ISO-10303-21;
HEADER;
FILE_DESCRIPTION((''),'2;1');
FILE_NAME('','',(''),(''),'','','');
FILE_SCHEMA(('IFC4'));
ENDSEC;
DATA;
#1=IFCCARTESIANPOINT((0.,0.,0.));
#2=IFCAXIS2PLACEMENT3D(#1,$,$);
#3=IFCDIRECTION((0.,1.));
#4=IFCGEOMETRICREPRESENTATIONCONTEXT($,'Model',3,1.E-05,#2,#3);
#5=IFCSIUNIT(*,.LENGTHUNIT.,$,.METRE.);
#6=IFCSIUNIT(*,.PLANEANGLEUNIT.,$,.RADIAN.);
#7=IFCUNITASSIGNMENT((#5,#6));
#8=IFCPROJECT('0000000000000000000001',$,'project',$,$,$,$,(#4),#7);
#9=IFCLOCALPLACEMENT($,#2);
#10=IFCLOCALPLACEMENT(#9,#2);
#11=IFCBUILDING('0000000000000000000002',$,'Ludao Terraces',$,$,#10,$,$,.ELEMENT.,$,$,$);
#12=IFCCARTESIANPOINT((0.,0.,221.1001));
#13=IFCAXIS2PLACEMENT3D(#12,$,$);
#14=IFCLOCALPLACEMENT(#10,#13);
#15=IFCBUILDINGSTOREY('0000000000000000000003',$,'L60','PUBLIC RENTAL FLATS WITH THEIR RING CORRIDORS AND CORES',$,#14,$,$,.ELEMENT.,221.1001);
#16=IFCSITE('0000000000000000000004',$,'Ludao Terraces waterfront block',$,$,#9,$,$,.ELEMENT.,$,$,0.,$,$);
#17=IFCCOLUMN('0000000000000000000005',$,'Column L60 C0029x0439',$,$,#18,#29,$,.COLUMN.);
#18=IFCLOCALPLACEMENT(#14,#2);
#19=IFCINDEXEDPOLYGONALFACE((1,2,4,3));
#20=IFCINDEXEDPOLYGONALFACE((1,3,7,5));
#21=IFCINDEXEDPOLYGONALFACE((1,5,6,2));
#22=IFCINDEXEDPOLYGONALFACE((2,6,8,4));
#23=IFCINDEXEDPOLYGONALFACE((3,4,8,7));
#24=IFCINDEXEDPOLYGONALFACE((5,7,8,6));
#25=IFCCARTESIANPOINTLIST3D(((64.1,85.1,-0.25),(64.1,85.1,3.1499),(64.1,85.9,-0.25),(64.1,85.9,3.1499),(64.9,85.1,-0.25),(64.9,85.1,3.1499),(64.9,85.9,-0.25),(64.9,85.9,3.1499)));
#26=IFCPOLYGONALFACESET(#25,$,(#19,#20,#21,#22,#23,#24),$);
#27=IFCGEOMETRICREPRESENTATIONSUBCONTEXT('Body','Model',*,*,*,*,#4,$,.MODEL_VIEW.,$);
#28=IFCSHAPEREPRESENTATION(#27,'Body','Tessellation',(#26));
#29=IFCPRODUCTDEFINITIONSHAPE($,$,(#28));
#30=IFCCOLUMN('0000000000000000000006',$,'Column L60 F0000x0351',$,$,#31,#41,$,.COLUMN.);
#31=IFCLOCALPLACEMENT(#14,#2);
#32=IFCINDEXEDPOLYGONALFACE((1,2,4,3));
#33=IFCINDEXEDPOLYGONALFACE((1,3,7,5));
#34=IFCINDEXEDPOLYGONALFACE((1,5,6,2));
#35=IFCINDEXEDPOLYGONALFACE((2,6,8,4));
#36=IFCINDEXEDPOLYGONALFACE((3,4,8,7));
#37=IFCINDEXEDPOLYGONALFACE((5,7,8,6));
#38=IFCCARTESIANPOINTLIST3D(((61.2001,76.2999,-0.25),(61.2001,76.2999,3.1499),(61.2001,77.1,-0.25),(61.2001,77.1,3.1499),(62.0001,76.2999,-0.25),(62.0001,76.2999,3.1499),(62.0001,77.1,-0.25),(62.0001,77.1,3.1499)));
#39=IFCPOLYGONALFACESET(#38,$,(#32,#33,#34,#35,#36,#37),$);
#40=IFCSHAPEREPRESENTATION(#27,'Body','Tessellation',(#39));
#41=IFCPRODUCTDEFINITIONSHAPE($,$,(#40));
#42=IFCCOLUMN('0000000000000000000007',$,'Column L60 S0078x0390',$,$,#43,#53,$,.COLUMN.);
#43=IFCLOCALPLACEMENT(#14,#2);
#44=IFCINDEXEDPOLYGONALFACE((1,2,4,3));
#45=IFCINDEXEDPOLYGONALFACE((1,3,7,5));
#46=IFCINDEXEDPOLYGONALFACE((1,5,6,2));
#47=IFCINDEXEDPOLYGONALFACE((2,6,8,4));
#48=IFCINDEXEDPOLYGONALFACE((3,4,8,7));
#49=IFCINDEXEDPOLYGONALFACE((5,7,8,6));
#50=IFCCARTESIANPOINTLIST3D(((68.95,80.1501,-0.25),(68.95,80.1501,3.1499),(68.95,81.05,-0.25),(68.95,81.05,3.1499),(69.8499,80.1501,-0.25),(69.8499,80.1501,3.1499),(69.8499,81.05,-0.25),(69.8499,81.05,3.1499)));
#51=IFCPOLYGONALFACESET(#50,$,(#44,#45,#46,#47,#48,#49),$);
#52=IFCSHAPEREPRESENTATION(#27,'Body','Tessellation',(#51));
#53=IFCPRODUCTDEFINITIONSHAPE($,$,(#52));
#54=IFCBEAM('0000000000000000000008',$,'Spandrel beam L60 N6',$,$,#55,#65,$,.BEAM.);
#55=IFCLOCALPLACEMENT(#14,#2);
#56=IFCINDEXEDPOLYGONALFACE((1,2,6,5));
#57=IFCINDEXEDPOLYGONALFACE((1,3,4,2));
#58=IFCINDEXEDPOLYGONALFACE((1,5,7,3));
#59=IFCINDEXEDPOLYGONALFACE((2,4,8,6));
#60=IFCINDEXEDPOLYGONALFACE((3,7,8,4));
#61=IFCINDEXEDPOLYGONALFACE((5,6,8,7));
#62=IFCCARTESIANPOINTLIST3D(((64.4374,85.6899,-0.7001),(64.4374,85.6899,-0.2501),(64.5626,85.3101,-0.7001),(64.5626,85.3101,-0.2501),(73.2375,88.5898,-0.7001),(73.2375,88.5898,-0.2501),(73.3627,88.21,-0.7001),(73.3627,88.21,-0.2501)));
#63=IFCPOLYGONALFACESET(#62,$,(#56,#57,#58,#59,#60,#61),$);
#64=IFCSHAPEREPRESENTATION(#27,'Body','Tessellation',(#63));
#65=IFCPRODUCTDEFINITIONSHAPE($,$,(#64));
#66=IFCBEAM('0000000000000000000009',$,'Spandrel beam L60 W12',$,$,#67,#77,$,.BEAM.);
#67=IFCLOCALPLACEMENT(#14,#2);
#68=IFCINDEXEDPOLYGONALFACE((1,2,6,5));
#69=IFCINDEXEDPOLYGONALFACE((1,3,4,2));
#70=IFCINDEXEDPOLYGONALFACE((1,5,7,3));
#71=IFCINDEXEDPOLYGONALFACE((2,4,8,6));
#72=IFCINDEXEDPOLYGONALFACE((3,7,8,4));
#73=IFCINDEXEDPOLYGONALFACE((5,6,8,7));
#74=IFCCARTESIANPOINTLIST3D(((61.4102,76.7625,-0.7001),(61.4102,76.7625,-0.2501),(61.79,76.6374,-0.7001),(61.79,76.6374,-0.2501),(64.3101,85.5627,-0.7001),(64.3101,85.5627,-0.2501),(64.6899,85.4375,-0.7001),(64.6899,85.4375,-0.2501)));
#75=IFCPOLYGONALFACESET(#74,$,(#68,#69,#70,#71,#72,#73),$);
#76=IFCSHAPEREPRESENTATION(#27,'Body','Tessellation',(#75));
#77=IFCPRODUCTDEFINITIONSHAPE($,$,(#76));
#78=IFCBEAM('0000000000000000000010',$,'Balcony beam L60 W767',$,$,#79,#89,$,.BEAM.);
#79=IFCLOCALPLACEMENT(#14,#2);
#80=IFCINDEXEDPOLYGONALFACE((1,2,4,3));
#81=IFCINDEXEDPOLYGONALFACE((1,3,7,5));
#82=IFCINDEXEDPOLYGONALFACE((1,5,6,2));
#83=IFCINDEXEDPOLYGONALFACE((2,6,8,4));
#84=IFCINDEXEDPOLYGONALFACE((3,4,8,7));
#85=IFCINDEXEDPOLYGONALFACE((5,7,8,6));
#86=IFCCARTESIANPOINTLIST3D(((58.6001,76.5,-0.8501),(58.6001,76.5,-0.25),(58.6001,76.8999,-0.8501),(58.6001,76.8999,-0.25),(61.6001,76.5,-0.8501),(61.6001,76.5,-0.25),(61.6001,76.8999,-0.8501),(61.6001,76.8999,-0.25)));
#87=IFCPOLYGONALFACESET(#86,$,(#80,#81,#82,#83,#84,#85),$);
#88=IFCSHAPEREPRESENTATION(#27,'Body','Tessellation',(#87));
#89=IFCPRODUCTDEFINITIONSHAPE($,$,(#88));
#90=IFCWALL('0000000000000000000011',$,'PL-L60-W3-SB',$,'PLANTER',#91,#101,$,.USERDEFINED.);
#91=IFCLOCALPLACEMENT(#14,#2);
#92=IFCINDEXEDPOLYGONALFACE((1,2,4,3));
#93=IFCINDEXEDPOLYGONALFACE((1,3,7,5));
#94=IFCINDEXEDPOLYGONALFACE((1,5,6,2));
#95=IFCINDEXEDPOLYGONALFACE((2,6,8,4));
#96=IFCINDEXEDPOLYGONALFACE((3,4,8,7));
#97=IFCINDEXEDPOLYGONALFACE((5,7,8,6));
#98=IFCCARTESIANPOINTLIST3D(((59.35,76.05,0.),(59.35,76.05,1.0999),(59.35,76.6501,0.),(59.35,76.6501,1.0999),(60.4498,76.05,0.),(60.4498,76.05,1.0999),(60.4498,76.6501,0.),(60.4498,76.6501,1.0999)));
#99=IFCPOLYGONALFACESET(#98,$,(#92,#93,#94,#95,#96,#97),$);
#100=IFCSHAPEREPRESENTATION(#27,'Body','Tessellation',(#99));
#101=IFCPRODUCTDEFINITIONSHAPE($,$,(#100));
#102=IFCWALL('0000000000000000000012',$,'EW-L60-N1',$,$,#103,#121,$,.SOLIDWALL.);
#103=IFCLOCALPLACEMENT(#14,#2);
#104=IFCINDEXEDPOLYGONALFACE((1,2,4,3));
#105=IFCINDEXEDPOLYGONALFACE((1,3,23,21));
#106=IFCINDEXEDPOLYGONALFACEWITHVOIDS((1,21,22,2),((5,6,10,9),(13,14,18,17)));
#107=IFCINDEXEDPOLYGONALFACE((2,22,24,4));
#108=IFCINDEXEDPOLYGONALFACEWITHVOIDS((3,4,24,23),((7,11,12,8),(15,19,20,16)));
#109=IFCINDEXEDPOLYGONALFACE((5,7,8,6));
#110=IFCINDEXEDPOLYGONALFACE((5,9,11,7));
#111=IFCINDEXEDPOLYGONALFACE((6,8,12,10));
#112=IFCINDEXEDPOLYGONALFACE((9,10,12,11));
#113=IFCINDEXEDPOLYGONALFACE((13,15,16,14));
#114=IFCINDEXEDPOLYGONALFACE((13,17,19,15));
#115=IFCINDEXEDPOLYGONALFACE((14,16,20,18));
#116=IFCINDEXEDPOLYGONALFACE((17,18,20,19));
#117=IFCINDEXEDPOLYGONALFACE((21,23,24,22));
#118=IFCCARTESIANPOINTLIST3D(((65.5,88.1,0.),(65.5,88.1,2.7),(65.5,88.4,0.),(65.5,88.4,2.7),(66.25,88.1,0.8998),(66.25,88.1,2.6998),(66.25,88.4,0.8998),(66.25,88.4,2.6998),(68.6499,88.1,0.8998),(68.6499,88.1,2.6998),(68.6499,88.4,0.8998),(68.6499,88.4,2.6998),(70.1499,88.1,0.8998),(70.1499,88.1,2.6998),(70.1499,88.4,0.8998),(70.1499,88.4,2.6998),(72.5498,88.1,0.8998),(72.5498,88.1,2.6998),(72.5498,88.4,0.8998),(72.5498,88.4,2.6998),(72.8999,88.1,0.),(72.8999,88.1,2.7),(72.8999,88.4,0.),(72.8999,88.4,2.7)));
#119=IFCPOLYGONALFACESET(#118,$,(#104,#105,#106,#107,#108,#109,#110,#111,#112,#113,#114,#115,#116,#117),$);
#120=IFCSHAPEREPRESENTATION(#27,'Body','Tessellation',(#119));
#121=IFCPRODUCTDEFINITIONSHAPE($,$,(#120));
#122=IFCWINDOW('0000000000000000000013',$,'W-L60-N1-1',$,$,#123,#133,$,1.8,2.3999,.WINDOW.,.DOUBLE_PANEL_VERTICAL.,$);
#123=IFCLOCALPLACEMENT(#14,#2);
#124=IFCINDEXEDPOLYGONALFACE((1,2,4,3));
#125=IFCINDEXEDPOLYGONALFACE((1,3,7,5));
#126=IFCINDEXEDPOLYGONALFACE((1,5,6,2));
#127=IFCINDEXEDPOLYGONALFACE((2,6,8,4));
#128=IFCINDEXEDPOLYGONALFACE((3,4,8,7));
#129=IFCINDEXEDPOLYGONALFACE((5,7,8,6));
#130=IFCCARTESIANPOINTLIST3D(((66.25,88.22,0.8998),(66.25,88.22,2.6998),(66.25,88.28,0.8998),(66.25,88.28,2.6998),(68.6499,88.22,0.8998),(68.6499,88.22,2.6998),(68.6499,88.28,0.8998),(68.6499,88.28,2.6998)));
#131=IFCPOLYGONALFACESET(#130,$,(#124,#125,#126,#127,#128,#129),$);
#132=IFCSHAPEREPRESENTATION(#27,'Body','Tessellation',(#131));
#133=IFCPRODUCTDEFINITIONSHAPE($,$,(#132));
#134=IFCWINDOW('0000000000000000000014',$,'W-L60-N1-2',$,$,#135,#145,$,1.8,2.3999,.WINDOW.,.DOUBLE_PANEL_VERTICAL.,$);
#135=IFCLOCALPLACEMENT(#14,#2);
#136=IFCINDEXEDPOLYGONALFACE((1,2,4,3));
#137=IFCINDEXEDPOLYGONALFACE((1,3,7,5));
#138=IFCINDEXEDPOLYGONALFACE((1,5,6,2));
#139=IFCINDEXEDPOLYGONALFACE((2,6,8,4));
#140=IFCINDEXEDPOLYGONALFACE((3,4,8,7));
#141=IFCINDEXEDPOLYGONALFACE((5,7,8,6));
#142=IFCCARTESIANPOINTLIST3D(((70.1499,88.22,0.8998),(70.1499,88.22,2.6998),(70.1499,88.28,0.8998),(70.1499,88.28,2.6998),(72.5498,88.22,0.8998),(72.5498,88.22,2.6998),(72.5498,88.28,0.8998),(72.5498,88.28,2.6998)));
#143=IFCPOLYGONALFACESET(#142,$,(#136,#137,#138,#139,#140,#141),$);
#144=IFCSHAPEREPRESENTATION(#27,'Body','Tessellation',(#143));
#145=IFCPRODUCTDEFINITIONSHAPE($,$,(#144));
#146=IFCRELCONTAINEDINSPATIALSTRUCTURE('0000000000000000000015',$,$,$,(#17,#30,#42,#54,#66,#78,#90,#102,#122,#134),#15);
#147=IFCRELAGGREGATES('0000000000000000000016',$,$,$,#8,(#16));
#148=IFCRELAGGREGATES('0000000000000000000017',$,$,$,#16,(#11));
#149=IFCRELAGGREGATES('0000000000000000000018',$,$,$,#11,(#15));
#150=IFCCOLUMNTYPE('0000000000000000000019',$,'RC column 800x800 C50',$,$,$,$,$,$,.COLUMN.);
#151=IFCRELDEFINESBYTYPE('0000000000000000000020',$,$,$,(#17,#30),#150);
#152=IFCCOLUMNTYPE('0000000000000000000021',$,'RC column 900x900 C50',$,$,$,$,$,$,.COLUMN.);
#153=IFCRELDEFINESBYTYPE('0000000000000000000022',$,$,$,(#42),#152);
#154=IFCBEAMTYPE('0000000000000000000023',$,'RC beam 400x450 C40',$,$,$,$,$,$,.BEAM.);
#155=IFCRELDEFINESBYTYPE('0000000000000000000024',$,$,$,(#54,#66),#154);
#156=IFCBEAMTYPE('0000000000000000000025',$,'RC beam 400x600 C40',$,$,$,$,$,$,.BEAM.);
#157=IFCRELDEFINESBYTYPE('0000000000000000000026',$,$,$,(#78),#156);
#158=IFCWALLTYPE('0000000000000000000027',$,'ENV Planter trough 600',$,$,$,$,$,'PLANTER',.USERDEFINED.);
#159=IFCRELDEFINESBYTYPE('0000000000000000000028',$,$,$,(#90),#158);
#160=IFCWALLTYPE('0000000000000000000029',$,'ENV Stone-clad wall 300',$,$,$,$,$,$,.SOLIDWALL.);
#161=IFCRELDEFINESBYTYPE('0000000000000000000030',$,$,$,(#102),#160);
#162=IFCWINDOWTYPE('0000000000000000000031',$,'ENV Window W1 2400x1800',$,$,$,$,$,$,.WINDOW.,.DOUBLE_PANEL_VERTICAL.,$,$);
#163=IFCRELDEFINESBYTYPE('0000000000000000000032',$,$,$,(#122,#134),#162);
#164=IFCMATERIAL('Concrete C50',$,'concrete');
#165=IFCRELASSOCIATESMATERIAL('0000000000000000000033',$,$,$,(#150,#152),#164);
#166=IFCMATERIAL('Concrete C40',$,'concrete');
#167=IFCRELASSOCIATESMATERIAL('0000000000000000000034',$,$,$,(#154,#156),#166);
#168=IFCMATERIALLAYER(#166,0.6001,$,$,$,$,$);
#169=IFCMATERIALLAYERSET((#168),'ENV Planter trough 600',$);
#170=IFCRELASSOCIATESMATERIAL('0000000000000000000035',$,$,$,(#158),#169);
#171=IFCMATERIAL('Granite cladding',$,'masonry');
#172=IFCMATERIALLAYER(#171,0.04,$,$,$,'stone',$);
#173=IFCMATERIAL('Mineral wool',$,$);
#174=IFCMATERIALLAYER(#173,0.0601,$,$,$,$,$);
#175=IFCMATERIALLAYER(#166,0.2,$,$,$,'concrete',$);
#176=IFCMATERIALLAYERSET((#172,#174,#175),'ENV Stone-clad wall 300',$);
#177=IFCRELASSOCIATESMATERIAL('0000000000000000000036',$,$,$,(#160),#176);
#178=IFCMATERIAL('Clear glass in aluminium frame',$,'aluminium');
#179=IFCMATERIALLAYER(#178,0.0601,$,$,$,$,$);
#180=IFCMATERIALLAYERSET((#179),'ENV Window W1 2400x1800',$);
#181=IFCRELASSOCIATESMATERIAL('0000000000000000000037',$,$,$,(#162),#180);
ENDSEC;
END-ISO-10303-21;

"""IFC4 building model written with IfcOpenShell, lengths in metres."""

from ifc_helpers import new_model, si_unit, direction, frame, frame_2d, origin, origin_2d, place, context, subcontext, project, spatial, rectangle, extrude, material, layer, layer_set, material_profile, profile_set, type_object, element, fill, save


model = new_model("IFC4")

# Units and contexts
model_context = context("Model", 3, precision=1e-05, world=origin(), true_north=direction((0.0, 1.0)))
body_context = subcontext(model_context, "Body", "Model", "MODEL_VIEW")
ifc_project = project(units=[si_unit("LENGTHUNIT", "METRE"), si_unit("PLANEANGLEUNIT", "RADIAN")], contexts=[model_context])

# Site, building, storey
site_placement = place(None, origin())
site = spatial("IfcSite", under=ifc_project, at=site_placement, Name="Ludao Terraces waterfront block", CompositionType="ELEMENT", RefElevation=0.0)
building_placement = place(site_placement, origin())
building = spatial("IfcBuilding", under=site, at=building_placement, Name="Ludao Terraces", CompositionType="ELEMENT")
storey_placement = place(building_placement, frame((0.0, 0.0, 221.1001)))
storey = spatial("IfcBuildingStorey", under=building, at=storey_placement, Name="L60", Description="PUBLIC RENTAL FLATS WITH THEIR RING CORRIDORS AND CORES", CompositionType="ELEMENT", Elevation=221.1001)

# Columns
ifc_material_1 = material(Name="Concrete C50", Category="concrete")
ifc_material_profile_1 = material_profile(ifc_material_1, rectangle(XDim=0.8, YDim=0.8, at=origin_2d()), Name="800 X 800")
ifc_profile_set_1 = profile_set([ifc_material_profile_1], Name="Concrete C50")
column_type_1 = type_object("IfcColumnType", Name="RC column 800x800 C50", PredefinedType="COLUMN", material=ifc_profile_set_1)
for number, where, z_axis, x_axis, name in (
    (1, (64.5, 85.5, -0.25), (0.0, 0.0, 1.0), (1.0, 0.0, 0.0), "Column L60 C0029x0439"),
    (2, (61.6001, 76.7, -0.25), (0.0, 0.0, 1.0), (1.0, 0.0, 0.0), "Column L60 F0000x0351"),
):
    element("IfcColumn", number, at=place(storey_placement, frame(where, z_axis=z_axis, x_axis=x_axis)), inside=storey, type_object=column_type_1, Name=name, PredefinedType="COLUMN", context=body_context, shape_type="SweptSolid", body=[
        extrude(rectangle(XDim=0.8, YDim=0.8, at=origin_2d()), origin(), (0.0, 0.0, 1.0), 3.3999),
    ])
ifc_material_profile_2 = material_profile(ifc_material_1, rectangle(XDim=0.8999, YDim=0.8999, at=origin_2d()), Name="900 X 900")
ifc_profile_set_2 = profile_set([ifc_material_profile_2], Name="Concrete C50")
column_type_2 = type_object("IfcColumnType", Name="RC column 900x900 C50", PredefinedType="COLUMN", material=ifc_profile_set_2)
column_placement = place(storey_placement, frame((69.3999, 80.6001, -0.25), z_axis=(0.0, 0.0, 1.0), x_axis=(1.0, 0.0, 0.0)))
element("IfcColumn", 3, at=column_placement, inside=storey, type_object=column_type_2, Name="Column L60 S0078x0390", PredefinedType="COLUMN", context=body_context, shape_type="SweptSolid", body=[
    extrude(rectangle(XDim=0.8999, YDim=0.8999, at=origin_2d()), origin(), (0.0, 0.0, 1.0), 3.3999),
])

# Beams
ifc_material_2 = material(Name="Concrete C40", Category="concrete")
ifc_material_profile_3 = material_profile(ifc_material_2, rectangle(XDim=0.3999, YDim=0.45, at=origin_2d()), Name="400 X 450")
ifc_profile_set_3 = profile_set([ifc_material_profile_3], Name="Concrete C40")
beam_type_1 = type_object("IfcBeamType", Name="RC beam 400x450 C40", PredefinedType="BEAM", material=ifc_profile_set_3)
for number, where, z_axis, x_axis, name in (
    (4, (64.5, 85.5, -0.4751), (0.949761, 0.312977, 0.0), (-0.312977, 0.949761, 0.0), "Spandrel beam L60 N6"),
    (5, (61.6001, 76.7, -0.4751), (0.312977, 0.949761, 0.0), (-0.949761, 0.312977, 0.0), "Spandrel beam L60 W12"),
):
    element("IfcBeam", number, at=place(storey_placement, frame(where, z_axis=z_axis, x_axis=x_axis)), inside=storey, type_object=beam_type_1, Name=name, PredefinedType="BEAM", context=body_context, shape_type="SweptSolid", body=[
        extrude(rectangle(XDim=0.3999, YDim=0.45, at=origin_2d()), origin(), (0.0, 0.0, 1.0), 9.2656),
    ])
ifc_material_profile_4 = material_profile(ifc_material_2, rectangle(XDim=0.3999, YDim=0.6001, at=origin_2d()), Name="400 X 600")
ifc_profile_set_4 = profile_set([ifc_material_profile_4], Name="Concrete C40")
beam_type_2 = type_object("IfcBeamType", Name="RC beam 400x600 C40", PredefinedType="BEAM", material=ifc_profile_set_4)
beam_placement = place(storey_placement, frame((61.6001, 76.7, -0.55), z_axis=(-1.0, 0.0, 0.0), x_axis=(0.0, -1.0, 0.0)))
element("IfcBeam", 6, at=beam_placement, inside=storey, type_object=beam_type_2, Name="Balcony beam L60 W767", PredefinedType="BEAM", context=body_context, shape_type="SweptSolid", body=[
    extrude(rectangle(XDim=0.3999, YDim=0.6001, at=origin_2d()), origin(), (0.0, 0.0, 1.0), 3.0),
])

# Wall
ifc_layer_1 = layer(ifc_material_2, 0.6001)
ifc_layer_set_1 = layer_set([ifc_layer_1], Name="ENV Planter trough 600")
wall_type_1 = type_object("IfcWallType", Name="ENV Planter trough 600", ElementType="PLANTER", PredefinedType="USERDEFINED", material=ifc_layer_set_1)
wall_1_placement = place(storey_placement, frame((59.3501, 76.3501, 0.0), z_axis=(0.0, 0.0, 1.0), x_axis=(1.0, 0.0, 0.0)))
element("IfcWall", 7, at=wall_1_placement, inside=storey, type_object=wall_type_1, Name="PL-L60-W3-SB", ObjectType="PLANTER", PredefinedType="USERDEFINED", context=body_context, shape_type="SweptSolid", body=[
    extrude(rectangle(XDim=1.0999, YDim=0.6001, at=frame_2d((0.5498, 0.0))), origin(), (0.0, 0.0, 1.0), 1.0999),
])

# Wall, openings, windows
ifc_material_3 = material(Name="Granite cladding", Category="masonry")
ifc_layer_2 = layer(ifc_material_3, 0.04, Category="stone")
ifc_material_4 = material(Name="Mineral wool")
ifc_layer_3 = layer(ifc_material_4, 0.0601)
ifc_layer_4 = layer(ifc_material_2, 0.2, Category="concrete")
ifc_layer_set_2 = layer_set([ifc_layer_2, ifc_layer_3, ifc_layer_4], Name="ENV Stone-clad wall 300")
wall_type_2 = type_object("IfcWallType", Name="ENV Stone-clad wall 300", PredefinedType="SOLIDWALL", material=ifc_layer_set_2)
wall_2_placement = place(storey_placement, frame((65.5, 88.25, 0.0), z_axis=(0.0, 0.0, 1.0), x_axis=(1.0, 0.0, 0.0)))
wall_2 = element("IfcWall", 8, at=wall_2_placement, inside=storey, type_object=wall_type_2, Name="EW-L60-N1", PredefinedType="SOLIDWALL", context=body_context, shape_type="SweptSolid", body=[
    extrude(rectangle(XDim=7.3999, YDim=0.3, at=frame_2d((3.7, 0.0))), origin(), (0.0, 0.0, 1.0), 2.7),
])
opening_1_placement = place(wall_2_placement, frame((0.75, 0.0, 0.8999)))
opening_1 = element("IfcOpeningElement", 9, at=opening_1_placement, cuts=wall_2, PredefinedType="OPENING", context=body_context, shape_type="SweptSolid", body=[
    extrude(rectangle(XDim=2.3999, YDim=1.8, at=frame_2d((1.2, 0.8999))), frame((0.0, 0.1602, 0.0), z_axis=(0.0, -1.0, 0.0), x_axis=(1.0, 0.0, 0.0)), (0.0, 0.0, 1.0), 0.3201),
])
opening_2_placement = place(wall_2_placement, frame((4.6499, 0.0, 0.8999)))
opening_2 = element("IfcOpeningElement", 10, at=opening_2_placement, cuts=wall_2, PredefinedType="OPENING", context=body_context, shape_type="SweptSolid", body=[
    extrude(rectangle(XDim=2.3999, YDim=1.8, at=frame_2d((1.2, 0.8999))), frame((0.0, 0.1602, 0.0), z_axis=(0.0, -1.0, 0.0), x_axis=(1.0, 0.0, 0.0)), (0.0, 0.0, 1.0), 0.3201),
])
ifc_material_5 = material(Name="Clear glass in aluminium frame", Category="aluminium")
ifc_layer_5 = layer(ifc_material_5, 0.0601)
ifc_layer_set_3 = layer_set([ifc_layer_5], Name="ENV Window W1 2400x1800")
window_type_1 = type_object("IfcWindowType", Name="ENV Window W1 2400x1800", PartitioningType="DOUBLE_PANEL_VERTICAL", PredefinedType="WINDOW", material=ifc_layer_set_3)
window_1_placement = place(opening_1_placement, origin())
window_1 = element("IfcWindow", 11, at=window_1_placement, inside=storey, type_object=window_type_1, Name="W-L60-N1-1", OverallHeight=1.8, OverallWidth=2.3999, PartitioningType="DOUBLE_PANEL_VERTICAL", PredefinedType="WINDOW", context=body_context, shape_type="SweptSolid", body=[
    extrude(rectangle(XDim=2.3999, YDim=1.8, at=frame_2d((1.2, 0.8999))), frame((0.0, 0.03, 0.0), z_axis=(0.0, -1.0, 0.0), x_axis=(1.0, 0.0, 0.0)), (0.0, 0.0, 1.0), 0.0601),
])
fill(opening_1, window_1)
window_2_placement = place(opening_2_placement, origin())
window_2 = element("IfcWindow", 12, at=window_2_placement, inside=storey, type_object=window_type_1, Name="W-L60-N1-2", OverallHeight=1.8, OverallWidth=2.3999, PartitioningType="DOUBLE_PANEL_VERTICAL", PredefinedType="WINDOW", context=body_context, shape_type="SweptSolid", body=[
    extrude(rectangle(XDim=2.3999, YDim=1.8, at=frame_2d((1.2, 0.8999))), frame((0.0, 0.03, 0.0), z_axis=(0.0, -1.0, 0.0), x_axis=(1.0, 0.0, 0.0)), (0.0, 0.0, 1.0), 0.0601),
])
fill(opening_2, window_2)

save(model, "model.ifc")
